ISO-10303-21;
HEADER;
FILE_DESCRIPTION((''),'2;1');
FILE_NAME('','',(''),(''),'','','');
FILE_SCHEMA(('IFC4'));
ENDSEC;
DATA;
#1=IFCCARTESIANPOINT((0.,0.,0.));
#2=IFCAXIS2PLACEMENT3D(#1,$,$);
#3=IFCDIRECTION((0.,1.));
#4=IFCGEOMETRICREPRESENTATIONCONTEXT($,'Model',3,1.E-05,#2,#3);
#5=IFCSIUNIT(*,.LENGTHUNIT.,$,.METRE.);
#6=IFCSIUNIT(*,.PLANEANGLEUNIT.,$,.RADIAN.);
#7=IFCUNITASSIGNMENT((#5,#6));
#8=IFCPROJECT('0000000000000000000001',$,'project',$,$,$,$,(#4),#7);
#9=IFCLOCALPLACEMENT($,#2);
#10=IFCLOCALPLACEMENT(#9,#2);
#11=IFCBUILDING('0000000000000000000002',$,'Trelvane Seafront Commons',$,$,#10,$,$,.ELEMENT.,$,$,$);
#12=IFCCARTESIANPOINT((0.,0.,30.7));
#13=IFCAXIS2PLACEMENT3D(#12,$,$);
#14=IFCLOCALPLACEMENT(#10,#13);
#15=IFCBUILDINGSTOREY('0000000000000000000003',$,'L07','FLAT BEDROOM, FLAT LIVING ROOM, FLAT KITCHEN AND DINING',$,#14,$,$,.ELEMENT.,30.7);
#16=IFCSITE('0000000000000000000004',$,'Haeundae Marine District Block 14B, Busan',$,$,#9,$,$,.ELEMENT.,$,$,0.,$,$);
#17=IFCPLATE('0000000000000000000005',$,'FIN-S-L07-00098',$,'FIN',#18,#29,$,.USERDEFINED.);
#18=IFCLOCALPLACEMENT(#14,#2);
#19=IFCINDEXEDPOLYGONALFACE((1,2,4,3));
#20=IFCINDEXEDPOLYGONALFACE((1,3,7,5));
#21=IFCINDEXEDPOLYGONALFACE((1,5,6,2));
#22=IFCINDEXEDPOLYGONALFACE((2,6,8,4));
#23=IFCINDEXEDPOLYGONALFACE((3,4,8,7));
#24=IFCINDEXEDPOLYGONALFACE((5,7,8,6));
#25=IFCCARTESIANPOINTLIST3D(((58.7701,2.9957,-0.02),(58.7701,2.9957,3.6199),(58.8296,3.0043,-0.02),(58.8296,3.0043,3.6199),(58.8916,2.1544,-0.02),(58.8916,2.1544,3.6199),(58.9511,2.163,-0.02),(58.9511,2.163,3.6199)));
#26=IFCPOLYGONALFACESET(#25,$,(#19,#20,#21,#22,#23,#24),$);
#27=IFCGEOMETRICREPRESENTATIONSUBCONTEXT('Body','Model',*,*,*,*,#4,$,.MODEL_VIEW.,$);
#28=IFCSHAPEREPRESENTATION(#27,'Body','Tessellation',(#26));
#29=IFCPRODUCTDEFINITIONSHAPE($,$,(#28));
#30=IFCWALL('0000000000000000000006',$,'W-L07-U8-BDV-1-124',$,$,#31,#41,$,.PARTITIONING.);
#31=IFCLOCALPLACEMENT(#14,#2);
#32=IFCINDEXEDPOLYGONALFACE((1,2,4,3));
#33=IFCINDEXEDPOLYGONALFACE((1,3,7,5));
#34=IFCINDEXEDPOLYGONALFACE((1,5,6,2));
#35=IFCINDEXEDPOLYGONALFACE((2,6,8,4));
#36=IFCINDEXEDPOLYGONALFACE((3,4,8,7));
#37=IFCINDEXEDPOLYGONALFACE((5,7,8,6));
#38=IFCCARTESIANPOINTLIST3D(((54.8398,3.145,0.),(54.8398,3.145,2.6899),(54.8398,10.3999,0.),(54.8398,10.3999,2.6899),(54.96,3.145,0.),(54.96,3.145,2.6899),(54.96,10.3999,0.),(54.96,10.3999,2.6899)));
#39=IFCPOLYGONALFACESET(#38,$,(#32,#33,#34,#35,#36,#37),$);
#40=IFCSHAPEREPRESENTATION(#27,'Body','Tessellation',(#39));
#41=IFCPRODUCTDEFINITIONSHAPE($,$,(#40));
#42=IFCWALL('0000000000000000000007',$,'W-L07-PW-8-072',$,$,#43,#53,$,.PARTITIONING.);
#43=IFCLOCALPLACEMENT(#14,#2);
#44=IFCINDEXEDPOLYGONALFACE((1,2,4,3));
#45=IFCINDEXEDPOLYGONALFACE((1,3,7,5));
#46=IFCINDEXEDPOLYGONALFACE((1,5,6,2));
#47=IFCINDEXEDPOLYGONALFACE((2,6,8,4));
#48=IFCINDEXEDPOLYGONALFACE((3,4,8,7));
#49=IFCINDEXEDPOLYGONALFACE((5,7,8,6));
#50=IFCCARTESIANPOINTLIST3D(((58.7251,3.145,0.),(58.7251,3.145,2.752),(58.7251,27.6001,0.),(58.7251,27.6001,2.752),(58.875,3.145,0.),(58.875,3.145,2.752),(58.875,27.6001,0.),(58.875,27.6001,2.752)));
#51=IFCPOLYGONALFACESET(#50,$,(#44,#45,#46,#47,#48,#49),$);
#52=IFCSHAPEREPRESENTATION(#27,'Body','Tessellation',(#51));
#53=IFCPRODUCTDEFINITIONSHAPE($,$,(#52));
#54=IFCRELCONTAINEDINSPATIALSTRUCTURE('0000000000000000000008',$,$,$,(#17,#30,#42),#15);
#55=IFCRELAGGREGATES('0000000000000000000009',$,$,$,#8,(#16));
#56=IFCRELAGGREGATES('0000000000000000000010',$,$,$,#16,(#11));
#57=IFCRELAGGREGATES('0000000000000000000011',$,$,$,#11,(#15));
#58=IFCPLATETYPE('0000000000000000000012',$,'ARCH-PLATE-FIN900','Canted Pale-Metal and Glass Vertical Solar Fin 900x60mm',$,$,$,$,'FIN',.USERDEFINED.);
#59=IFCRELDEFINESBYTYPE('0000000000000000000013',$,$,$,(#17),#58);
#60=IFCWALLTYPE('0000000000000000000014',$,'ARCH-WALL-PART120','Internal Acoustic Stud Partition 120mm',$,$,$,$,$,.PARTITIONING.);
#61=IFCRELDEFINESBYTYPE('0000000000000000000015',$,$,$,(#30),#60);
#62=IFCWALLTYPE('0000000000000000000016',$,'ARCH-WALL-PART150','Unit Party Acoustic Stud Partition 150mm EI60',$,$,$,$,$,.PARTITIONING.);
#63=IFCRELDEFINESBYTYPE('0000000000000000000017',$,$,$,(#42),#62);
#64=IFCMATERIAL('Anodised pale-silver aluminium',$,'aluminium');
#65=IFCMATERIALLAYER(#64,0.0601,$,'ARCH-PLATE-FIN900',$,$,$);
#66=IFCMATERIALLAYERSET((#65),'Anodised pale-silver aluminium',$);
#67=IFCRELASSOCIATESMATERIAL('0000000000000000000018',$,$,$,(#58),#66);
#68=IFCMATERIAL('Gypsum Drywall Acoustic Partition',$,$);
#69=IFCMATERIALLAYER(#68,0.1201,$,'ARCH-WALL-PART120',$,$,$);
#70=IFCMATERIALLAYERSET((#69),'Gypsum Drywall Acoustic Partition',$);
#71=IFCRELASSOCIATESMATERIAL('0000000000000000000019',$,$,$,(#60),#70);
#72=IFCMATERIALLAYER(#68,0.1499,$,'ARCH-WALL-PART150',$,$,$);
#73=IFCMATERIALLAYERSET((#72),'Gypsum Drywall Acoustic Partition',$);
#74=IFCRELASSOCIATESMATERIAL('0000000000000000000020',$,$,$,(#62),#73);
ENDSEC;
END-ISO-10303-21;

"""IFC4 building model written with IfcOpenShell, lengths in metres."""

from ifc_helpers import new_model, si_unit, direction, frame, frame_2d, origin, origin_2d, place, context, subcontext, project, spatial, rectangle, extrude, source, transform, mapped, material, layer, layer_set, type_object, element, save


model = new_model("IFC4")

# Units and contexts
model_context = context("Model", 3, precision=1e-05, world=origin(), true_north=direction((0.0, 1.0)))
body_context = subcontext(model_context, "Body", "Model", "MODEL_VIEW")
ifc_project = project(units=[si_unit("LENGTHUNIT", "METRE"), si_unit("PLANEANGLEUNIT", "RADIAN")], contexts=[model_context])

# Site, building, storey
site_placement = place(None, origin())
site = spatial("IfcSite", under=ifc_project, at=site_placement, Name="Haeundae Marine District Block 14B, Busan", CompositionType="ELEMENT", RefElevation=0.0)
building_placement = place(site_placement, origin())
building = spatial("IfcBuilding", under=site, at=building_placement, Name="Trelvane Seafront Commons", CompositionType="ELEMENT")
storey_placement = place(building_placement, frame((0.0, 0.0, 30.7)))
storey = spatial("IfcBuildingStorey", under=building, at=storey_placement, Name="L07", Description="FLAT BEDROOM, FLAT LIVING ROOM, FLAT KITCHEN AND DINING", CompositionType="ELEMENT", Elevation=30.7)

# Plate
ifc_material_1 = material(Name="Anodised pale-silver aluminium", Category="aluminium")
ifc_layer_1 = layer(ifc_material_1, 0.0601, Name="ARCH-PLATE-FIN900")
ifc_layer_set_1 = layer_set([ifc_layer_1], Name="Anodised pale-silver aluminium")
plate_type = type_object("IfcPlateType", Name="ARCH-PLATE-FIN900", Description="Canted Pale-Metal and Glass Vertical Solar Fin 900x60mm", ElementType="FIN", PredefinedType="USERDEFINED", material=ifc_layer_set_1)
shared_shape_1 = source(origin(), body_context, "Body", "SweptSolid", [
    extrude(rectangle(XDim=0.8501, YDim=0.0601, at=origin_2d()), origin(), (0.0, 0.0, 1.0), 3.6399),
])
plate_placement = place(storey_placement, frame((58.8606, 2.5793, -0.02), z_axis=(0.0, 0.0, 1.0), x_axis=(0.142936, -0.989732, 0.0)))
element("IfcPlate", 1, at=plate_placement, inside=storey, type_object=plate_type, Name="FIN-S-L07-00098", ObjectType="FIN", PredefinedType="USERDEFINED", context=body_context, shape_type="MappedRepresentation", body=[
    mapped(shared_shape_1, transform((0.0, 0.0, 0.0), x_axis=(1.0, 0.0, 0.0), y_axis=(0.0, 1.0, 0.0), z_axis=(0.0, 0.0, 1.0), scale=1.0)),
])

# Shared definitions
ifc_material_2 = material(Name="Gypsum Drywall Acoustic Partition")
ifc_layer_2 = layer(ifc_material_2, 0.1201, Name="ARCH-WALL-PART120")
ifc_layer_set_2 = layer_set([ifc_layer_2], Name="Gypsum Drywall Acoustic Partition")
wall_type_1 = type_object("IfcWallType", Name="ARCH-WALL-PART120", Description="Internal Acoustic Stud Partition 120mm", PredefinedType="PARTITIONING", material=ifc_layer_set_2)

# Walls
wall_1_placement = place(storey_placement, frame((54.8999, 3.145, 0.0), z_axis=(0.0, 0.0, 1.0), x_axis=(0.0, 1.0, 0.0)))
element("IfcWall", 2, at=wall_1_placement, inside=storey, type_object=wall_type_1, Name="W-L07-U8-BDV-1-124", PredefinedType="PARTITIONING", context=body_context, shape_type="SweptSolid", body=[
    extrude(rectangle(XDim=7.2549, YDim=0.1201, at=frame_2d((3.6274, 0.0))), origin(), (0.0, 0.0, 1.0), 2.6899),
])
ifc_layer_3 = layer(ifc_material_2, 0.1499, Name="ARCH-WALL-PART150")
ifc_layer_set_3 = layer_set([ifc_layer_3], Name="Gypsum Drywall Acoustic Partition")
wall_type_2 = type_object("IfcWallType", Name="ARCH-WALL-PART150", Description="Unit Party Acoustic Stud Partition 150mm EI60", PredefinedType="PARTITIONING", material=ifc_layer_set_3)
wall_2_placement = place(storey_placement, frame((58.8, 3.145, 0.0), z_axis=(0.0, 0.0, 1.0), x_axis=(0.0, 1.0, 0.0)))
element("IfcWall", 3, at=wall_2_placement, inside=storey, type_object=wall_type_2, Name="W-L07-PW-8-072", PredefinedType="PARTITIONING", context=body_context, shape_type="SweptSolid", body=[
    extrude(rectangle(XDim=24.4551, YDim=0.1499, at=frame_2d((12.2275, 0.0))), origin(), (0.0, 0.0, 1.0), 2.752),
])

save(model, "model.ifc")
